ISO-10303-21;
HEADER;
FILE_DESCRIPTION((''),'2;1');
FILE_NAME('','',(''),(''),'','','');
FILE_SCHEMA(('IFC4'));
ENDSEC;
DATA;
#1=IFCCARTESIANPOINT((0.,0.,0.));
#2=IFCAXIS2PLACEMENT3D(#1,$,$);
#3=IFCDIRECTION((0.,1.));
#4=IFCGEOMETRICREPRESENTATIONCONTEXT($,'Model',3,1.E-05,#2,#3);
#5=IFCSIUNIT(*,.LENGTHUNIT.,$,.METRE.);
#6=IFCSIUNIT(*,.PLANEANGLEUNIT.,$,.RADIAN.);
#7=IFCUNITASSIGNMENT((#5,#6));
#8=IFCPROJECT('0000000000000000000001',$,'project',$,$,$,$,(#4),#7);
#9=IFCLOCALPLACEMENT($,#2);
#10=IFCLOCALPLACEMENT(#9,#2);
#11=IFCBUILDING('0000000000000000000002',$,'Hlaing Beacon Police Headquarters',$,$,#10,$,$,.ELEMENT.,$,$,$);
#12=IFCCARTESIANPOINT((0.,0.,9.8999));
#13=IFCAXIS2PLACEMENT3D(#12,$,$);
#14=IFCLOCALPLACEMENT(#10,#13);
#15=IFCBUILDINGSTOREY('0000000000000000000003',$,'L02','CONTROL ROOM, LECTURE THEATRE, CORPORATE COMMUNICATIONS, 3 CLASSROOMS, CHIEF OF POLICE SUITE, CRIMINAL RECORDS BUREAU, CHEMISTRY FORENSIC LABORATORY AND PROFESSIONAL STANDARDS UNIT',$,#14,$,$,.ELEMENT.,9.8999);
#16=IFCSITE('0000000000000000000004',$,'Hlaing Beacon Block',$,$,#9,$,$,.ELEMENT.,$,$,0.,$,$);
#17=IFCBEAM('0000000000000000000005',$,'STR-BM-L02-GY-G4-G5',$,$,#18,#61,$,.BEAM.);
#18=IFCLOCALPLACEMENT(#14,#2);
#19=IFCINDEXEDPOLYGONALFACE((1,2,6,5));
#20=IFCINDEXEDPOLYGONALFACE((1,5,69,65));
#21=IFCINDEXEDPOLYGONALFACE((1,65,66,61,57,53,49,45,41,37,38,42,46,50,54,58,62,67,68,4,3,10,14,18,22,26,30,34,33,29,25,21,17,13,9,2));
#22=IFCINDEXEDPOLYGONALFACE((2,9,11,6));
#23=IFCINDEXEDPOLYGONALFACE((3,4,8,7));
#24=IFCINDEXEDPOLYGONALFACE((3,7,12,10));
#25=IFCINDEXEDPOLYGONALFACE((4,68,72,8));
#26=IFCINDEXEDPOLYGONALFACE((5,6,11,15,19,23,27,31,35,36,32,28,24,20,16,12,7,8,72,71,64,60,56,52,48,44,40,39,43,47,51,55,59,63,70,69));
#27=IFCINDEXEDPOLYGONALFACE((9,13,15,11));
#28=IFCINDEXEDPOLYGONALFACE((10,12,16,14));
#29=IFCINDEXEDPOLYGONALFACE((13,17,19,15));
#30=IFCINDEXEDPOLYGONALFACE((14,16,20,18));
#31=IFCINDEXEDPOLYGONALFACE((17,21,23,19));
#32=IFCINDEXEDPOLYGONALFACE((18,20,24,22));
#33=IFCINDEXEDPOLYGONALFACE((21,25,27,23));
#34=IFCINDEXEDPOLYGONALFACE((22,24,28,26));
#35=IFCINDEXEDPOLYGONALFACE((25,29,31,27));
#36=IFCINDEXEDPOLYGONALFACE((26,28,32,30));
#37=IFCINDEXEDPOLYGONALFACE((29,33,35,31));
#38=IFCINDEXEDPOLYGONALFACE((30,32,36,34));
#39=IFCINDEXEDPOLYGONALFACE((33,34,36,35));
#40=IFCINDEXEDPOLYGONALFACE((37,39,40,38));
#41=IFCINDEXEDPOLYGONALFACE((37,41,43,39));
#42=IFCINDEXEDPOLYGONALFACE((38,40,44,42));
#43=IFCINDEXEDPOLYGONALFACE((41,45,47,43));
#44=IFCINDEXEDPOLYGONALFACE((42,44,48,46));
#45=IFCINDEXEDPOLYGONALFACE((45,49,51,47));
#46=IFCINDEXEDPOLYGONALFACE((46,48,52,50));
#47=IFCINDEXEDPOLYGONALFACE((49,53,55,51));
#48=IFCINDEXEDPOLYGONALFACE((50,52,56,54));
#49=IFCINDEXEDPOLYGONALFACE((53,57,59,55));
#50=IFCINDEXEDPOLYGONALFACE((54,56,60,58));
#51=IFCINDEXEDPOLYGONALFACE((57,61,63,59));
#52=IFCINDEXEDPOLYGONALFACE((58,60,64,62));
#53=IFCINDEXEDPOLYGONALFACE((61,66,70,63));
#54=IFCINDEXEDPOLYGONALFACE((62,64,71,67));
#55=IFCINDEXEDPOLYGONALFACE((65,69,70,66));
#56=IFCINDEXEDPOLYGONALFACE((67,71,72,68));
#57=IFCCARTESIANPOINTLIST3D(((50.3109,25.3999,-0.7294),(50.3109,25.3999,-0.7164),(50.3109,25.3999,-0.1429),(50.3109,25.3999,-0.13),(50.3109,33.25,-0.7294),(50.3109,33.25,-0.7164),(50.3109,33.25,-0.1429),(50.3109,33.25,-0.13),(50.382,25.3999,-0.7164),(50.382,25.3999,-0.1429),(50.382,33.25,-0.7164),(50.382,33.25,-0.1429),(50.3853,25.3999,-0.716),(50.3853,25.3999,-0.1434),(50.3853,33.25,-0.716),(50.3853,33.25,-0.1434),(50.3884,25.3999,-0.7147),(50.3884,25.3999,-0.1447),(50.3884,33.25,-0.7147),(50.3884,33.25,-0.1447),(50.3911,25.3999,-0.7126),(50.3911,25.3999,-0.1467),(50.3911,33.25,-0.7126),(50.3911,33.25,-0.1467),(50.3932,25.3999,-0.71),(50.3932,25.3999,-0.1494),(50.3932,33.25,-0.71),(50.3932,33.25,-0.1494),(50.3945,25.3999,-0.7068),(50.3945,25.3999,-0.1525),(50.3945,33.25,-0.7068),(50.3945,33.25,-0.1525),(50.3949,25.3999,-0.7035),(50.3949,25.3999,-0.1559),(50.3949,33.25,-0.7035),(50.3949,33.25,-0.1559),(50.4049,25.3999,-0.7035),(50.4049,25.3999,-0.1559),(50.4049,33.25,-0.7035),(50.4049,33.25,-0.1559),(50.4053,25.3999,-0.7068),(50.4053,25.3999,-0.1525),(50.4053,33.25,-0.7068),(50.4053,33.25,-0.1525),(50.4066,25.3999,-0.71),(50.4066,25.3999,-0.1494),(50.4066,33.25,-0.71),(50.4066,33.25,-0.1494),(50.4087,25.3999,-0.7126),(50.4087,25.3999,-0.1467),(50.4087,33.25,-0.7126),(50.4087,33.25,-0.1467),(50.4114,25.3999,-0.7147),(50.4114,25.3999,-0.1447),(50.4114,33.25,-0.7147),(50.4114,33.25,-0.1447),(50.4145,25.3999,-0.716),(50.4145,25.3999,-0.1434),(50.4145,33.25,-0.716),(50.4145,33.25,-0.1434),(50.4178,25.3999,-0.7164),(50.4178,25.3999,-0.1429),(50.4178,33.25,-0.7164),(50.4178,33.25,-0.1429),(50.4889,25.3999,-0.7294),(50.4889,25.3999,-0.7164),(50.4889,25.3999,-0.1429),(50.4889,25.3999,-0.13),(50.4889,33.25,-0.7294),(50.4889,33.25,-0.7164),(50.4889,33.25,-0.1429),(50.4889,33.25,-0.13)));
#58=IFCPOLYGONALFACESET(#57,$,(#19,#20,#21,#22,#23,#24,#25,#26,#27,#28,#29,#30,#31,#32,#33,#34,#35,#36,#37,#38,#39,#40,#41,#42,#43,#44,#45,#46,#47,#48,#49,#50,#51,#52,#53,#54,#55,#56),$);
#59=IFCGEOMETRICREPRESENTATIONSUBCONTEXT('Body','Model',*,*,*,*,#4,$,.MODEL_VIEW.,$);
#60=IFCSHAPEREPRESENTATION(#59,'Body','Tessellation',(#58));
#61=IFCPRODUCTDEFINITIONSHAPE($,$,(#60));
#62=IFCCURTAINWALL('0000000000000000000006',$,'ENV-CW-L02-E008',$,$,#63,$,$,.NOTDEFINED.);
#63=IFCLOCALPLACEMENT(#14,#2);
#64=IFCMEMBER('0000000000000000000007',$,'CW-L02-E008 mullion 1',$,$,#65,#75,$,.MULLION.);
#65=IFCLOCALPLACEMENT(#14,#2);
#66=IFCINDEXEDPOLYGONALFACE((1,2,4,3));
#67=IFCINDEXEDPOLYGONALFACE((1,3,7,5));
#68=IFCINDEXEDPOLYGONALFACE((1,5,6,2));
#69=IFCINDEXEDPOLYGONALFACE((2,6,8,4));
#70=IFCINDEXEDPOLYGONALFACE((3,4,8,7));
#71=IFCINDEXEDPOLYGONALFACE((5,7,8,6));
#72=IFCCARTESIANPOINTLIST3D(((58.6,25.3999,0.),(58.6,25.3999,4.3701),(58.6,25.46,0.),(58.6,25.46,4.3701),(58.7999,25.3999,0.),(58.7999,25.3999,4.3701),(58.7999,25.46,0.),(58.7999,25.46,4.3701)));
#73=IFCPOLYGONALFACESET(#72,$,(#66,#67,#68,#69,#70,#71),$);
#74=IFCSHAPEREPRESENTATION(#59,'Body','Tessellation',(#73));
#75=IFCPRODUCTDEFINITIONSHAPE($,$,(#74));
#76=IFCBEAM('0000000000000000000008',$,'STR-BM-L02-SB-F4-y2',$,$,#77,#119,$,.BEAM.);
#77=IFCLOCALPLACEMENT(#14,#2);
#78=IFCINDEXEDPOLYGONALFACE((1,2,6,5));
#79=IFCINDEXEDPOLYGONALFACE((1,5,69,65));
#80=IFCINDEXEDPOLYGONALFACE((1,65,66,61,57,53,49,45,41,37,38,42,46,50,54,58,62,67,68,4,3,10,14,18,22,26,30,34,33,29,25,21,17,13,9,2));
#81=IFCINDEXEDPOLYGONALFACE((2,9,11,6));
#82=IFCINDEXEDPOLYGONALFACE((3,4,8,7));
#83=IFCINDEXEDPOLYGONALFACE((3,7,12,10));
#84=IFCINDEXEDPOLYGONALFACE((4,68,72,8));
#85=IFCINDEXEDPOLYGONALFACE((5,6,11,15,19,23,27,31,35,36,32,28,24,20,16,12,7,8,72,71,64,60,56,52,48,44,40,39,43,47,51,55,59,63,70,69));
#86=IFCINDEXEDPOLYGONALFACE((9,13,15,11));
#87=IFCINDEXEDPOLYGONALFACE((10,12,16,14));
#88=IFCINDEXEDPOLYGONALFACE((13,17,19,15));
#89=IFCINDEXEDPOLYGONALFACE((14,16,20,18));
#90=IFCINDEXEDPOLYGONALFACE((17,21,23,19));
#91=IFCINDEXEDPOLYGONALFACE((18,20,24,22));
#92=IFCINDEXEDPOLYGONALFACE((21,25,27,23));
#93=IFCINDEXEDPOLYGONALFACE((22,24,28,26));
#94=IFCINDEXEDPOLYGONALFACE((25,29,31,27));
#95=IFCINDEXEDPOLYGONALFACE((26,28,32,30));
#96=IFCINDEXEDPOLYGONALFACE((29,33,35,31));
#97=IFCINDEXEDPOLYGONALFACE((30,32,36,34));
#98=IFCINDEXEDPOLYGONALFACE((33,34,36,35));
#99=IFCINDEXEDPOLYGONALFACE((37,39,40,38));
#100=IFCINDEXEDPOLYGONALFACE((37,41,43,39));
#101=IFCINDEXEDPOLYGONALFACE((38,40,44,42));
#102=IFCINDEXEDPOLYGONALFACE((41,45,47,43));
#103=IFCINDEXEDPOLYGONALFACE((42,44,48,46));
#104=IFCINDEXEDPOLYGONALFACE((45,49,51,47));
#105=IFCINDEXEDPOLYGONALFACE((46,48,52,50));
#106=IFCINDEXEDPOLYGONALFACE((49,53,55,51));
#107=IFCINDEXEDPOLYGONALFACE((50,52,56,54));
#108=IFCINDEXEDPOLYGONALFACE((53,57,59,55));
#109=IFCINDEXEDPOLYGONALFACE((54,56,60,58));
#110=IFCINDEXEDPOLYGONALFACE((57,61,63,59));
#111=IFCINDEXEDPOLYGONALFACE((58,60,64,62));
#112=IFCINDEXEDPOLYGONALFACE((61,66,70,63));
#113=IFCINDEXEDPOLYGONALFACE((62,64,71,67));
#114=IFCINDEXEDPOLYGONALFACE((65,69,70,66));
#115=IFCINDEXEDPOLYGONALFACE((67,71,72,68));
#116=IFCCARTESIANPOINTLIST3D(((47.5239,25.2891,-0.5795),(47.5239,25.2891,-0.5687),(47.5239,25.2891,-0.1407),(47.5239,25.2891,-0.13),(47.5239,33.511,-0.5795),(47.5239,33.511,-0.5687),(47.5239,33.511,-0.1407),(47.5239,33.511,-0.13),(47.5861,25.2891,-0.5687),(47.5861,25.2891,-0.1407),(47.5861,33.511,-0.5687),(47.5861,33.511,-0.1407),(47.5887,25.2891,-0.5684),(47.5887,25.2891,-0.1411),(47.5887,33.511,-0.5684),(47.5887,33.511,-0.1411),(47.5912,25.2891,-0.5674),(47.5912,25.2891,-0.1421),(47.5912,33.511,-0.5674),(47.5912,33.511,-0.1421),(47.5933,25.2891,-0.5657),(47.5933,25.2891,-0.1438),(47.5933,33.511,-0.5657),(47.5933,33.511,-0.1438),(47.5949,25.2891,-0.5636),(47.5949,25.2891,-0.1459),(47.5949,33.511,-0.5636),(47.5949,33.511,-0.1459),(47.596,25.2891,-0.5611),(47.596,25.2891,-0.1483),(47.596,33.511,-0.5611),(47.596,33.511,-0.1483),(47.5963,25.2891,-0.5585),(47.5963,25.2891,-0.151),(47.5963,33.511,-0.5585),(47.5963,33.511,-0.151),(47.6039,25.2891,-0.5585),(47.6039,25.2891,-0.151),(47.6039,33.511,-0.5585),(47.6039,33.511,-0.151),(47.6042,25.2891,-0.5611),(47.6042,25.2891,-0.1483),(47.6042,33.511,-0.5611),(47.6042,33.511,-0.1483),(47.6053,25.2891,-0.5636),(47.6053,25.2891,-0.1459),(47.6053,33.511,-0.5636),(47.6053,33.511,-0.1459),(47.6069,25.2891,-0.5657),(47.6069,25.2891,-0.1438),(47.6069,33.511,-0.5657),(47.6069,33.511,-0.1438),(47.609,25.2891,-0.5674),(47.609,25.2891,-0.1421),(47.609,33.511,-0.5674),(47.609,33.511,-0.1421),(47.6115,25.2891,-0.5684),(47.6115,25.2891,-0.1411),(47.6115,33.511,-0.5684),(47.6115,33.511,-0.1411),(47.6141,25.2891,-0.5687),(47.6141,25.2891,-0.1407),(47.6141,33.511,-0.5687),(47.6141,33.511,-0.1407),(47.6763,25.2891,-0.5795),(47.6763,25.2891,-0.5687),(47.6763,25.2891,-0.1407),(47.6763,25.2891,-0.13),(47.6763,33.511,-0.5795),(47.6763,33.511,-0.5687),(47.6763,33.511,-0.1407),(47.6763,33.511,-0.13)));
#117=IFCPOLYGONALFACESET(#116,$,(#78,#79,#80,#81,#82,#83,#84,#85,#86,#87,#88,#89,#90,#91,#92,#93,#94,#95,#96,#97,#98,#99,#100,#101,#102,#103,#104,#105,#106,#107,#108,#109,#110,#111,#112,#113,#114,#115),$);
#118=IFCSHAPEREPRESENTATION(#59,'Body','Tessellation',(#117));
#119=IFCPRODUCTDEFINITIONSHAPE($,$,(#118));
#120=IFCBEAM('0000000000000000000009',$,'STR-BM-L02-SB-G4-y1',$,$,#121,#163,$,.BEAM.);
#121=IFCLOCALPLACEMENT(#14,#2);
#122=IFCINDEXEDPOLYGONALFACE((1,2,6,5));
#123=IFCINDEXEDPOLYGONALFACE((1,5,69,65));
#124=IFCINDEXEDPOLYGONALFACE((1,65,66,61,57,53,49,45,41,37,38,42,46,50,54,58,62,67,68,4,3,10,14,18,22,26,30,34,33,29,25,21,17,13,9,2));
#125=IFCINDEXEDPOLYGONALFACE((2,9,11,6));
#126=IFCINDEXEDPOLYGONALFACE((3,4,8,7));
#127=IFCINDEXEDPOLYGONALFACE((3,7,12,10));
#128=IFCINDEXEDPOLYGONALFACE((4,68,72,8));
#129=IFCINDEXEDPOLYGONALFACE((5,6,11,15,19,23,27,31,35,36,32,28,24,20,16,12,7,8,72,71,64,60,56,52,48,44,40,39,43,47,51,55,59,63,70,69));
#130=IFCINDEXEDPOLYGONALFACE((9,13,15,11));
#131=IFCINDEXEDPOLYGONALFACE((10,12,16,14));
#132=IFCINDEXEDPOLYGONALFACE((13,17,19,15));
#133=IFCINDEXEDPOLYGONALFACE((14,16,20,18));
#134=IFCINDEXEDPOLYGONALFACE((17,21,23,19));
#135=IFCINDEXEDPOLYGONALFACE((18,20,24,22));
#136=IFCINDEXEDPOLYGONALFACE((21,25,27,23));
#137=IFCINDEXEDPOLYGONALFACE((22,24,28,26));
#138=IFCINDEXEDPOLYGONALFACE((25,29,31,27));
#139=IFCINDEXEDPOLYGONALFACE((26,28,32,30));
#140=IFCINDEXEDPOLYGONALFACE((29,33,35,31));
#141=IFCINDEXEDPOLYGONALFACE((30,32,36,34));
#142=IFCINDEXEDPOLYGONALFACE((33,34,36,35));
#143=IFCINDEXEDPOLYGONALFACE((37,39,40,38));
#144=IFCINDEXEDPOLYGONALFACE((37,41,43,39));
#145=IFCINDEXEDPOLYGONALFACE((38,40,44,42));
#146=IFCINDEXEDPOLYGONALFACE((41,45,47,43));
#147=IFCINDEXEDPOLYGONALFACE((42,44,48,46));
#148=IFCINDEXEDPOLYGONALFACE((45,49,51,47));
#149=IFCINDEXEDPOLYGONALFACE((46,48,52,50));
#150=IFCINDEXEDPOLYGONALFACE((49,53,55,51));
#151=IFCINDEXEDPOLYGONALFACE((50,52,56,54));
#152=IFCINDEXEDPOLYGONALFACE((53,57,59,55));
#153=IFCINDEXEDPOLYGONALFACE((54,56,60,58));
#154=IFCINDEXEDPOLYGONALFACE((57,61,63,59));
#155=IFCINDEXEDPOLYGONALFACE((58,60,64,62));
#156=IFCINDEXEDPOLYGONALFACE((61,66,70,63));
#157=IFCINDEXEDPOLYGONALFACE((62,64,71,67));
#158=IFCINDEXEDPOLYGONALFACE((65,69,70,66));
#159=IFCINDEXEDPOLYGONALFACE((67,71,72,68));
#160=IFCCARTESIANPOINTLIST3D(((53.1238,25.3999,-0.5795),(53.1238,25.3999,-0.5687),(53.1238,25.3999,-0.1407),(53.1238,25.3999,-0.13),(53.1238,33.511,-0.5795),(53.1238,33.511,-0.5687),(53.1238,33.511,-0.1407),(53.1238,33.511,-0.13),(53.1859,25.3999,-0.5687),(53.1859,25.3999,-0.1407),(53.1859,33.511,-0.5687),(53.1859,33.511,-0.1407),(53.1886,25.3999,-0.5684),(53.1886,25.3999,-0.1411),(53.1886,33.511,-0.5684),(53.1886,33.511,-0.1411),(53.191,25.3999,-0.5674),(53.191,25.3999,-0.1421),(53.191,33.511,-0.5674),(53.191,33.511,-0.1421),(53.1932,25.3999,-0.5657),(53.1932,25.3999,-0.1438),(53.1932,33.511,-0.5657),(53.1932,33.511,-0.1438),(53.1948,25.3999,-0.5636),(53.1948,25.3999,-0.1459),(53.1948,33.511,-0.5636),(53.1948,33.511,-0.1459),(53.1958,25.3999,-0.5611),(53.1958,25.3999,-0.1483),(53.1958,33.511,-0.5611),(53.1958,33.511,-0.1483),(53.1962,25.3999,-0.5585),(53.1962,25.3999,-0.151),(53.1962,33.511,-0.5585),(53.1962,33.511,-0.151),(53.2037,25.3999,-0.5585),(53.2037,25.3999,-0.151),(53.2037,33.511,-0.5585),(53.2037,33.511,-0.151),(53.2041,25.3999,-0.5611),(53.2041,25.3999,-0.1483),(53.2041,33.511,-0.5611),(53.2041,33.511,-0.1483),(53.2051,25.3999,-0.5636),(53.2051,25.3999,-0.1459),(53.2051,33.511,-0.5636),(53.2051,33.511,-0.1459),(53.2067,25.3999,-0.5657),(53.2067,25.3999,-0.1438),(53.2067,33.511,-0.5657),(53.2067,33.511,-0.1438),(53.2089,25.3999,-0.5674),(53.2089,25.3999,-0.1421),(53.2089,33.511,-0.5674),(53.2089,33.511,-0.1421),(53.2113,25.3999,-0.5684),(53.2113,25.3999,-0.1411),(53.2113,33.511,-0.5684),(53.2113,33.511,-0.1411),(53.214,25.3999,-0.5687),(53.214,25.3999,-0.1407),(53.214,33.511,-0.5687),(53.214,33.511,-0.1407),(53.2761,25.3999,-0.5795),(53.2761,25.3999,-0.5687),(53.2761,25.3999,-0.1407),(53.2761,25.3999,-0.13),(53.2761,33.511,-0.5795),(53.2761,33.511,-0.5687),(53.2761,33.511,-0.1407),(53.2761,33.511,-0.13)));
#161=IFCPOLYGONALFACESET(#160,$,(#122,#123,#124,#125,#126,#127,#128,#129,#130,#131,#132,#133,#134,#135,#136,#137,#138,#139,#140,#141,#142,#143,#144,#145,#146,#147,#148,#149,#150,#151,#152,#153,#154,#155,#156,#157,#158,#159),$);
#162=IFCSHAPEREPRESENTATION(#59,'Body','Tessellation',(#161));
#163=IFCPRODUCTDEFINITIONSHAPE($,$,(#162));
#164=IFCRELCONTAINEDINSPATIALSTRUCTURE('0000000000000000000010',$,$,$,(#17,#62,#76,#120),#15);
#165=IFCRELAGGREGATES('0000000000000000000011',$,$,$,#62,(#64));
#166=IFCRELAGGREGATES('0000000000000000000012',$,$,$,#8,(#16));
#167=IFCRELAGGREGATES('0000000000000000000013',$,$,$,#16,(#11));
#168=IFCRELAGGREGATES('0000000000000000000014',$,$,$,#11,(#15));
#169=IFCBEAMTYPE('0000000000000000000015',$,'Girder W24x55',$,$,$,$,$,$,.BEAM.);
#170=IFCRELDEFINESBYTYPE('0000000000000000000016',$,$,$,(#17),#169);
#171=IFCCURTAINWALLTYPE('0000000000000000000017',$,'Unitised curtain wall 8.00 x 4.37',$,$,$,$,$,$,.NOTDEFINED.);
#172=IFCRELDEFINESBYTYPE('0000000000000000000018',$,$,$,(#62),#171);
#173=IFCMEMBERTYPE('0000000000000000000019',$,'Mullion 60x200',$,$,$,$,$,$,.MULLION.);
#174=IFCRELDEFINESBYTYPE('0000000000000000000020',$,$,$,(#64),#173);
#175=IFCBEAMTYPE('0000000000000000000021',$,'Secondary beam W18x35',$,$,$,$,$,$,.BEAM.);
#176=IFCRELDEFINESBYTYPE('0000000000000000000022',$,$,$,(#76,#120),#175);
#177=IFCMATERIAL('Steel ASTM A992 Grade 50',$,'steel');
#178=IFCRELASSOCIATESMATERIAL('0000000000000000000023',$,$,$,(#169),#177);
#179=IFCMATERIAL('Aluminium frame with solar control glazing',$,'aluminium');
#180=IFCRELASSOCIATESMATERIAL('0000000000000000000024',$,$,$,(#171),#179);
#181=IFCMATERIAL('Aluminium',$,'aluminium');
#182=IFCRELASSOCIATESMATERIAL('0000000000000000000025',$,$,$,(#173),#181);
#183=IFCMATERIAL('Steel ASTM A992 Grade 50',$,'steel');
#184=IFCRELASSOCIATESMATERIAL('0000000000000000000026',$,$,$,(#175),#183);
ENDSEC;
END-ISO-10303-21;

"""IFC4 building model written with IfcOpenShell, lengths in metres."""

from ifc_helpers import new_model, si_unit, direction, frame, origin, origin_2d, place, context, subcontext, project, spatial, rectangle, i_section, extrude, material, material_profile, profile_set, type_object, element, aggregate, save


model = new_model("IFC4")

# Units and contexts
model_context = context("Model", 3, precision=1e-05, world=origin(), true_north=direction((0.0, 1.0)))
body_context = subcontext(model_context, "Body", "Model", "MODEL_VIEW")
ifc_project = project(units=[si_unit("LENGTHUNIT", "METRE"), si_unit("PLANEANGLEUNIT", "RADIAN")], contexts=[model_context])

# Site, building, storey
site_placement = place(None, origin())
site = spatial("IfcSite", under=ifc_project, at=site_placement, Name="Hlaing Beacon Block", CompositionType="ELEMENT", RefElevation=0.0)
building_placement = place(site_placement, origin())
building = spatial("IfcBuilding", under=site, at=building_placement, Name="Hlaing Beacon Police Headquarters", CompositionType="ELEMENT")
storey_placement = place(building_placement, frame((0.0, 0.0, 9.8999)))
storey = spatial("IfcBuildingStorey", under=building, at=storey_placement, Name="L02", Description="CONTROL ROOM, LECTURE THEATRE, CORPORATE COMMUNICATIONS, 3 CLASSROOMS, CHIEF OF POLICE SUITE, CRIMINAL RECORDS BUREAU, CHEMISTRY FORENSIC LABORATORY AND PROFESSIONAL STANDARDS UNIT", CompositionType="ELEMENT", Elevation=9.8999)

# Beam
ifc_material_1 = material(Name="Steel ASTM A992 Grade 50", Category="steel")
ifc_material_profile_1 = material_profile(ifc_material_1, i_section(OverallWidth=0.178, OverallDepth=0.5994, WebThickness=0.01, FlangeThickness=0.0129, FilletRadius=0.0129, at=origin_2d()), Name="W24x55")
ifc_profile_set_1 = profile_set([ifc_material_profile_1], Name="Steel ASTM A992 Grade 50")
beam_type_1 = type_object("IfcBeamType", Name="Girder W24x55", PredefinedType="BEAM", material=ifc_profile_set_1)
beam_1_placement = place(storey_placement, frame((50.3999, 25.3999, -0.4297), z_axis=(0.0, 1.0, 0.0), x_axis=(-1.0, 0.0, 0.0)))
element("IfcBeam", 1, at=beam_1_placement, inside=storey, type_object=beam_type_1, Name="STR-BM-L02-GY-G4-G5", PredefinedType="BEAM", context=body_context, shape_type="SweptSolid", body=[
    extrude(i_section(OverallWidth=0.178, OverallDepth=0.5994, WebThickness=0.01, FlangeThickness=0.0129, FilletRadius=0.0129, at=origin_2d()), origin(), (0.0, 0.0, 1.0), 7.8501),
])

# Curtain wall, member
ifc_material_2 = material(Name="Aluminium frame with solar control glazing", Category="aluminium")
curtain_wall_type = type_object("IfcCurtainWallType", Name="Unitised curtain wall 8.00 x 4.37", PredefinedType="NOTDEFINED", material=ifc_material_2)
curtain_wall_placement = place(storey_placement, origin())
curtain_wall = element("IfcCurtainWall", 2, at=curtain_wall_placement, inside=storey, type_object=curtain_wall_type, Name="ENV-CW-L02-E008", PredefinedType="NOTDEFINED")
ifc_material_3 = material(Name="Aluminium", Category="aluminium")
ifc_material_profile_2 = material_profile(ifc_material_3, rectangle(XDim=0.2, YDim=0.0601, at=origin_2d()), Name="Mullion 60x200")
ifc_profile_set_2 = profile_set([ifc_material_profile_2], Name="Aluminium")
member_type_1 = type_object("IfcMemberType", Name="Mullion 60x200", PredefinedType="MULLION", material=ifc_profile_set_2)
member_1_placement = place(storey_placement, frame((58.7, 25.4299, 0.0), z_axis=(0.0, 0.0, 1.0), x_axis=(-1.0, 0.0, 0.0)))
member_1 = element("IfcMember", 3, at=member_1_placement, type_object=member_type_1, Name="CW-L02-E008 mullion 1", PredefinedType="MULLION", context=body_context, shape_type="SweptSolid", body=[
    extrude(rectangle(XDim=0.2, YDim=0.0601, at=origin_2d()), origin(), (0.0, 0.0, 1.0), 4.3701),
])

# Beams
ifc_material_4 = material(Name="Steel ASTM A992 Grade 50", Category="steel")
ifc_material_profile_3 = material_profile(ifc_material_4, i_section(OverallWidth=0.1523, OverallDepth=0.4495, WebThickness=0.0076, FlangeThickness=0.0107, FilletRadius=0.0103, at=origin_2d()), Name="W18x35")
ifc_profile_set_3 = profile_set([ifc_material_profile_3], Name="Steel ASTM A992 Grade 50")
beam_type_2 = type_object("IfcBeamType", Name="Secondary beam W18x35", PredefinedType="BEAM", material=ifc_profile_set_3)
beam_2_placement = place(storey_placement, frame((47.6001, 25.2891, -0.3547), z_axis=(0.0, 1.0, 0.0), x_axis=(-1.0, 0.0, 0.0)))
element("IfcBeam", 4, at=beam_2_placement, inside=storey, type_object=beam_type_2, Name="STR-BM-L02-SB-F4-y2", PredefinedType="BEAM", context=body_context, shape_type="SweptSolid", body=[
    extrude(i_section(OverallWidth=0.1523, OverallDepth=0.4495, WebThickness=0.0076, FlangeThickness=0.0107, FilletRadius=0.0103, at=origin_2d()), origin(), (0.0, 0.0, 1.0), 8.2219),
])
for number, where, z_axis, x_axis, name in (
    (5, (53.2, 25.3999, -0.3547), (0.0, 1.0, 0.0), (-1.0, 0.0, 0.0), "STR-BM-L02-SB-G4-y1"),
):
    element("IfcBeam", number, at=place(storey_placement, frame(where, z_axis=z_axis, x_axis=x_axis)), inside=storey, type_object=beam_type_2, Name=name, PredefinedType="BEAM", context=body_context, shape_type="SweptSolid", body=[
        extrude(i_section(OverallWidth=0.1523, OverallDepth=0.4495, WebThickness=0.0076, FlangeThickness=0.0107, FilletRadius=0.0103, at=origin_2d()), origin(), (0.0, 0.0, 1.0), 8.1111),
    ])

aggregate(curtain_wall, [member_1])

save(model, "model.ifc")
